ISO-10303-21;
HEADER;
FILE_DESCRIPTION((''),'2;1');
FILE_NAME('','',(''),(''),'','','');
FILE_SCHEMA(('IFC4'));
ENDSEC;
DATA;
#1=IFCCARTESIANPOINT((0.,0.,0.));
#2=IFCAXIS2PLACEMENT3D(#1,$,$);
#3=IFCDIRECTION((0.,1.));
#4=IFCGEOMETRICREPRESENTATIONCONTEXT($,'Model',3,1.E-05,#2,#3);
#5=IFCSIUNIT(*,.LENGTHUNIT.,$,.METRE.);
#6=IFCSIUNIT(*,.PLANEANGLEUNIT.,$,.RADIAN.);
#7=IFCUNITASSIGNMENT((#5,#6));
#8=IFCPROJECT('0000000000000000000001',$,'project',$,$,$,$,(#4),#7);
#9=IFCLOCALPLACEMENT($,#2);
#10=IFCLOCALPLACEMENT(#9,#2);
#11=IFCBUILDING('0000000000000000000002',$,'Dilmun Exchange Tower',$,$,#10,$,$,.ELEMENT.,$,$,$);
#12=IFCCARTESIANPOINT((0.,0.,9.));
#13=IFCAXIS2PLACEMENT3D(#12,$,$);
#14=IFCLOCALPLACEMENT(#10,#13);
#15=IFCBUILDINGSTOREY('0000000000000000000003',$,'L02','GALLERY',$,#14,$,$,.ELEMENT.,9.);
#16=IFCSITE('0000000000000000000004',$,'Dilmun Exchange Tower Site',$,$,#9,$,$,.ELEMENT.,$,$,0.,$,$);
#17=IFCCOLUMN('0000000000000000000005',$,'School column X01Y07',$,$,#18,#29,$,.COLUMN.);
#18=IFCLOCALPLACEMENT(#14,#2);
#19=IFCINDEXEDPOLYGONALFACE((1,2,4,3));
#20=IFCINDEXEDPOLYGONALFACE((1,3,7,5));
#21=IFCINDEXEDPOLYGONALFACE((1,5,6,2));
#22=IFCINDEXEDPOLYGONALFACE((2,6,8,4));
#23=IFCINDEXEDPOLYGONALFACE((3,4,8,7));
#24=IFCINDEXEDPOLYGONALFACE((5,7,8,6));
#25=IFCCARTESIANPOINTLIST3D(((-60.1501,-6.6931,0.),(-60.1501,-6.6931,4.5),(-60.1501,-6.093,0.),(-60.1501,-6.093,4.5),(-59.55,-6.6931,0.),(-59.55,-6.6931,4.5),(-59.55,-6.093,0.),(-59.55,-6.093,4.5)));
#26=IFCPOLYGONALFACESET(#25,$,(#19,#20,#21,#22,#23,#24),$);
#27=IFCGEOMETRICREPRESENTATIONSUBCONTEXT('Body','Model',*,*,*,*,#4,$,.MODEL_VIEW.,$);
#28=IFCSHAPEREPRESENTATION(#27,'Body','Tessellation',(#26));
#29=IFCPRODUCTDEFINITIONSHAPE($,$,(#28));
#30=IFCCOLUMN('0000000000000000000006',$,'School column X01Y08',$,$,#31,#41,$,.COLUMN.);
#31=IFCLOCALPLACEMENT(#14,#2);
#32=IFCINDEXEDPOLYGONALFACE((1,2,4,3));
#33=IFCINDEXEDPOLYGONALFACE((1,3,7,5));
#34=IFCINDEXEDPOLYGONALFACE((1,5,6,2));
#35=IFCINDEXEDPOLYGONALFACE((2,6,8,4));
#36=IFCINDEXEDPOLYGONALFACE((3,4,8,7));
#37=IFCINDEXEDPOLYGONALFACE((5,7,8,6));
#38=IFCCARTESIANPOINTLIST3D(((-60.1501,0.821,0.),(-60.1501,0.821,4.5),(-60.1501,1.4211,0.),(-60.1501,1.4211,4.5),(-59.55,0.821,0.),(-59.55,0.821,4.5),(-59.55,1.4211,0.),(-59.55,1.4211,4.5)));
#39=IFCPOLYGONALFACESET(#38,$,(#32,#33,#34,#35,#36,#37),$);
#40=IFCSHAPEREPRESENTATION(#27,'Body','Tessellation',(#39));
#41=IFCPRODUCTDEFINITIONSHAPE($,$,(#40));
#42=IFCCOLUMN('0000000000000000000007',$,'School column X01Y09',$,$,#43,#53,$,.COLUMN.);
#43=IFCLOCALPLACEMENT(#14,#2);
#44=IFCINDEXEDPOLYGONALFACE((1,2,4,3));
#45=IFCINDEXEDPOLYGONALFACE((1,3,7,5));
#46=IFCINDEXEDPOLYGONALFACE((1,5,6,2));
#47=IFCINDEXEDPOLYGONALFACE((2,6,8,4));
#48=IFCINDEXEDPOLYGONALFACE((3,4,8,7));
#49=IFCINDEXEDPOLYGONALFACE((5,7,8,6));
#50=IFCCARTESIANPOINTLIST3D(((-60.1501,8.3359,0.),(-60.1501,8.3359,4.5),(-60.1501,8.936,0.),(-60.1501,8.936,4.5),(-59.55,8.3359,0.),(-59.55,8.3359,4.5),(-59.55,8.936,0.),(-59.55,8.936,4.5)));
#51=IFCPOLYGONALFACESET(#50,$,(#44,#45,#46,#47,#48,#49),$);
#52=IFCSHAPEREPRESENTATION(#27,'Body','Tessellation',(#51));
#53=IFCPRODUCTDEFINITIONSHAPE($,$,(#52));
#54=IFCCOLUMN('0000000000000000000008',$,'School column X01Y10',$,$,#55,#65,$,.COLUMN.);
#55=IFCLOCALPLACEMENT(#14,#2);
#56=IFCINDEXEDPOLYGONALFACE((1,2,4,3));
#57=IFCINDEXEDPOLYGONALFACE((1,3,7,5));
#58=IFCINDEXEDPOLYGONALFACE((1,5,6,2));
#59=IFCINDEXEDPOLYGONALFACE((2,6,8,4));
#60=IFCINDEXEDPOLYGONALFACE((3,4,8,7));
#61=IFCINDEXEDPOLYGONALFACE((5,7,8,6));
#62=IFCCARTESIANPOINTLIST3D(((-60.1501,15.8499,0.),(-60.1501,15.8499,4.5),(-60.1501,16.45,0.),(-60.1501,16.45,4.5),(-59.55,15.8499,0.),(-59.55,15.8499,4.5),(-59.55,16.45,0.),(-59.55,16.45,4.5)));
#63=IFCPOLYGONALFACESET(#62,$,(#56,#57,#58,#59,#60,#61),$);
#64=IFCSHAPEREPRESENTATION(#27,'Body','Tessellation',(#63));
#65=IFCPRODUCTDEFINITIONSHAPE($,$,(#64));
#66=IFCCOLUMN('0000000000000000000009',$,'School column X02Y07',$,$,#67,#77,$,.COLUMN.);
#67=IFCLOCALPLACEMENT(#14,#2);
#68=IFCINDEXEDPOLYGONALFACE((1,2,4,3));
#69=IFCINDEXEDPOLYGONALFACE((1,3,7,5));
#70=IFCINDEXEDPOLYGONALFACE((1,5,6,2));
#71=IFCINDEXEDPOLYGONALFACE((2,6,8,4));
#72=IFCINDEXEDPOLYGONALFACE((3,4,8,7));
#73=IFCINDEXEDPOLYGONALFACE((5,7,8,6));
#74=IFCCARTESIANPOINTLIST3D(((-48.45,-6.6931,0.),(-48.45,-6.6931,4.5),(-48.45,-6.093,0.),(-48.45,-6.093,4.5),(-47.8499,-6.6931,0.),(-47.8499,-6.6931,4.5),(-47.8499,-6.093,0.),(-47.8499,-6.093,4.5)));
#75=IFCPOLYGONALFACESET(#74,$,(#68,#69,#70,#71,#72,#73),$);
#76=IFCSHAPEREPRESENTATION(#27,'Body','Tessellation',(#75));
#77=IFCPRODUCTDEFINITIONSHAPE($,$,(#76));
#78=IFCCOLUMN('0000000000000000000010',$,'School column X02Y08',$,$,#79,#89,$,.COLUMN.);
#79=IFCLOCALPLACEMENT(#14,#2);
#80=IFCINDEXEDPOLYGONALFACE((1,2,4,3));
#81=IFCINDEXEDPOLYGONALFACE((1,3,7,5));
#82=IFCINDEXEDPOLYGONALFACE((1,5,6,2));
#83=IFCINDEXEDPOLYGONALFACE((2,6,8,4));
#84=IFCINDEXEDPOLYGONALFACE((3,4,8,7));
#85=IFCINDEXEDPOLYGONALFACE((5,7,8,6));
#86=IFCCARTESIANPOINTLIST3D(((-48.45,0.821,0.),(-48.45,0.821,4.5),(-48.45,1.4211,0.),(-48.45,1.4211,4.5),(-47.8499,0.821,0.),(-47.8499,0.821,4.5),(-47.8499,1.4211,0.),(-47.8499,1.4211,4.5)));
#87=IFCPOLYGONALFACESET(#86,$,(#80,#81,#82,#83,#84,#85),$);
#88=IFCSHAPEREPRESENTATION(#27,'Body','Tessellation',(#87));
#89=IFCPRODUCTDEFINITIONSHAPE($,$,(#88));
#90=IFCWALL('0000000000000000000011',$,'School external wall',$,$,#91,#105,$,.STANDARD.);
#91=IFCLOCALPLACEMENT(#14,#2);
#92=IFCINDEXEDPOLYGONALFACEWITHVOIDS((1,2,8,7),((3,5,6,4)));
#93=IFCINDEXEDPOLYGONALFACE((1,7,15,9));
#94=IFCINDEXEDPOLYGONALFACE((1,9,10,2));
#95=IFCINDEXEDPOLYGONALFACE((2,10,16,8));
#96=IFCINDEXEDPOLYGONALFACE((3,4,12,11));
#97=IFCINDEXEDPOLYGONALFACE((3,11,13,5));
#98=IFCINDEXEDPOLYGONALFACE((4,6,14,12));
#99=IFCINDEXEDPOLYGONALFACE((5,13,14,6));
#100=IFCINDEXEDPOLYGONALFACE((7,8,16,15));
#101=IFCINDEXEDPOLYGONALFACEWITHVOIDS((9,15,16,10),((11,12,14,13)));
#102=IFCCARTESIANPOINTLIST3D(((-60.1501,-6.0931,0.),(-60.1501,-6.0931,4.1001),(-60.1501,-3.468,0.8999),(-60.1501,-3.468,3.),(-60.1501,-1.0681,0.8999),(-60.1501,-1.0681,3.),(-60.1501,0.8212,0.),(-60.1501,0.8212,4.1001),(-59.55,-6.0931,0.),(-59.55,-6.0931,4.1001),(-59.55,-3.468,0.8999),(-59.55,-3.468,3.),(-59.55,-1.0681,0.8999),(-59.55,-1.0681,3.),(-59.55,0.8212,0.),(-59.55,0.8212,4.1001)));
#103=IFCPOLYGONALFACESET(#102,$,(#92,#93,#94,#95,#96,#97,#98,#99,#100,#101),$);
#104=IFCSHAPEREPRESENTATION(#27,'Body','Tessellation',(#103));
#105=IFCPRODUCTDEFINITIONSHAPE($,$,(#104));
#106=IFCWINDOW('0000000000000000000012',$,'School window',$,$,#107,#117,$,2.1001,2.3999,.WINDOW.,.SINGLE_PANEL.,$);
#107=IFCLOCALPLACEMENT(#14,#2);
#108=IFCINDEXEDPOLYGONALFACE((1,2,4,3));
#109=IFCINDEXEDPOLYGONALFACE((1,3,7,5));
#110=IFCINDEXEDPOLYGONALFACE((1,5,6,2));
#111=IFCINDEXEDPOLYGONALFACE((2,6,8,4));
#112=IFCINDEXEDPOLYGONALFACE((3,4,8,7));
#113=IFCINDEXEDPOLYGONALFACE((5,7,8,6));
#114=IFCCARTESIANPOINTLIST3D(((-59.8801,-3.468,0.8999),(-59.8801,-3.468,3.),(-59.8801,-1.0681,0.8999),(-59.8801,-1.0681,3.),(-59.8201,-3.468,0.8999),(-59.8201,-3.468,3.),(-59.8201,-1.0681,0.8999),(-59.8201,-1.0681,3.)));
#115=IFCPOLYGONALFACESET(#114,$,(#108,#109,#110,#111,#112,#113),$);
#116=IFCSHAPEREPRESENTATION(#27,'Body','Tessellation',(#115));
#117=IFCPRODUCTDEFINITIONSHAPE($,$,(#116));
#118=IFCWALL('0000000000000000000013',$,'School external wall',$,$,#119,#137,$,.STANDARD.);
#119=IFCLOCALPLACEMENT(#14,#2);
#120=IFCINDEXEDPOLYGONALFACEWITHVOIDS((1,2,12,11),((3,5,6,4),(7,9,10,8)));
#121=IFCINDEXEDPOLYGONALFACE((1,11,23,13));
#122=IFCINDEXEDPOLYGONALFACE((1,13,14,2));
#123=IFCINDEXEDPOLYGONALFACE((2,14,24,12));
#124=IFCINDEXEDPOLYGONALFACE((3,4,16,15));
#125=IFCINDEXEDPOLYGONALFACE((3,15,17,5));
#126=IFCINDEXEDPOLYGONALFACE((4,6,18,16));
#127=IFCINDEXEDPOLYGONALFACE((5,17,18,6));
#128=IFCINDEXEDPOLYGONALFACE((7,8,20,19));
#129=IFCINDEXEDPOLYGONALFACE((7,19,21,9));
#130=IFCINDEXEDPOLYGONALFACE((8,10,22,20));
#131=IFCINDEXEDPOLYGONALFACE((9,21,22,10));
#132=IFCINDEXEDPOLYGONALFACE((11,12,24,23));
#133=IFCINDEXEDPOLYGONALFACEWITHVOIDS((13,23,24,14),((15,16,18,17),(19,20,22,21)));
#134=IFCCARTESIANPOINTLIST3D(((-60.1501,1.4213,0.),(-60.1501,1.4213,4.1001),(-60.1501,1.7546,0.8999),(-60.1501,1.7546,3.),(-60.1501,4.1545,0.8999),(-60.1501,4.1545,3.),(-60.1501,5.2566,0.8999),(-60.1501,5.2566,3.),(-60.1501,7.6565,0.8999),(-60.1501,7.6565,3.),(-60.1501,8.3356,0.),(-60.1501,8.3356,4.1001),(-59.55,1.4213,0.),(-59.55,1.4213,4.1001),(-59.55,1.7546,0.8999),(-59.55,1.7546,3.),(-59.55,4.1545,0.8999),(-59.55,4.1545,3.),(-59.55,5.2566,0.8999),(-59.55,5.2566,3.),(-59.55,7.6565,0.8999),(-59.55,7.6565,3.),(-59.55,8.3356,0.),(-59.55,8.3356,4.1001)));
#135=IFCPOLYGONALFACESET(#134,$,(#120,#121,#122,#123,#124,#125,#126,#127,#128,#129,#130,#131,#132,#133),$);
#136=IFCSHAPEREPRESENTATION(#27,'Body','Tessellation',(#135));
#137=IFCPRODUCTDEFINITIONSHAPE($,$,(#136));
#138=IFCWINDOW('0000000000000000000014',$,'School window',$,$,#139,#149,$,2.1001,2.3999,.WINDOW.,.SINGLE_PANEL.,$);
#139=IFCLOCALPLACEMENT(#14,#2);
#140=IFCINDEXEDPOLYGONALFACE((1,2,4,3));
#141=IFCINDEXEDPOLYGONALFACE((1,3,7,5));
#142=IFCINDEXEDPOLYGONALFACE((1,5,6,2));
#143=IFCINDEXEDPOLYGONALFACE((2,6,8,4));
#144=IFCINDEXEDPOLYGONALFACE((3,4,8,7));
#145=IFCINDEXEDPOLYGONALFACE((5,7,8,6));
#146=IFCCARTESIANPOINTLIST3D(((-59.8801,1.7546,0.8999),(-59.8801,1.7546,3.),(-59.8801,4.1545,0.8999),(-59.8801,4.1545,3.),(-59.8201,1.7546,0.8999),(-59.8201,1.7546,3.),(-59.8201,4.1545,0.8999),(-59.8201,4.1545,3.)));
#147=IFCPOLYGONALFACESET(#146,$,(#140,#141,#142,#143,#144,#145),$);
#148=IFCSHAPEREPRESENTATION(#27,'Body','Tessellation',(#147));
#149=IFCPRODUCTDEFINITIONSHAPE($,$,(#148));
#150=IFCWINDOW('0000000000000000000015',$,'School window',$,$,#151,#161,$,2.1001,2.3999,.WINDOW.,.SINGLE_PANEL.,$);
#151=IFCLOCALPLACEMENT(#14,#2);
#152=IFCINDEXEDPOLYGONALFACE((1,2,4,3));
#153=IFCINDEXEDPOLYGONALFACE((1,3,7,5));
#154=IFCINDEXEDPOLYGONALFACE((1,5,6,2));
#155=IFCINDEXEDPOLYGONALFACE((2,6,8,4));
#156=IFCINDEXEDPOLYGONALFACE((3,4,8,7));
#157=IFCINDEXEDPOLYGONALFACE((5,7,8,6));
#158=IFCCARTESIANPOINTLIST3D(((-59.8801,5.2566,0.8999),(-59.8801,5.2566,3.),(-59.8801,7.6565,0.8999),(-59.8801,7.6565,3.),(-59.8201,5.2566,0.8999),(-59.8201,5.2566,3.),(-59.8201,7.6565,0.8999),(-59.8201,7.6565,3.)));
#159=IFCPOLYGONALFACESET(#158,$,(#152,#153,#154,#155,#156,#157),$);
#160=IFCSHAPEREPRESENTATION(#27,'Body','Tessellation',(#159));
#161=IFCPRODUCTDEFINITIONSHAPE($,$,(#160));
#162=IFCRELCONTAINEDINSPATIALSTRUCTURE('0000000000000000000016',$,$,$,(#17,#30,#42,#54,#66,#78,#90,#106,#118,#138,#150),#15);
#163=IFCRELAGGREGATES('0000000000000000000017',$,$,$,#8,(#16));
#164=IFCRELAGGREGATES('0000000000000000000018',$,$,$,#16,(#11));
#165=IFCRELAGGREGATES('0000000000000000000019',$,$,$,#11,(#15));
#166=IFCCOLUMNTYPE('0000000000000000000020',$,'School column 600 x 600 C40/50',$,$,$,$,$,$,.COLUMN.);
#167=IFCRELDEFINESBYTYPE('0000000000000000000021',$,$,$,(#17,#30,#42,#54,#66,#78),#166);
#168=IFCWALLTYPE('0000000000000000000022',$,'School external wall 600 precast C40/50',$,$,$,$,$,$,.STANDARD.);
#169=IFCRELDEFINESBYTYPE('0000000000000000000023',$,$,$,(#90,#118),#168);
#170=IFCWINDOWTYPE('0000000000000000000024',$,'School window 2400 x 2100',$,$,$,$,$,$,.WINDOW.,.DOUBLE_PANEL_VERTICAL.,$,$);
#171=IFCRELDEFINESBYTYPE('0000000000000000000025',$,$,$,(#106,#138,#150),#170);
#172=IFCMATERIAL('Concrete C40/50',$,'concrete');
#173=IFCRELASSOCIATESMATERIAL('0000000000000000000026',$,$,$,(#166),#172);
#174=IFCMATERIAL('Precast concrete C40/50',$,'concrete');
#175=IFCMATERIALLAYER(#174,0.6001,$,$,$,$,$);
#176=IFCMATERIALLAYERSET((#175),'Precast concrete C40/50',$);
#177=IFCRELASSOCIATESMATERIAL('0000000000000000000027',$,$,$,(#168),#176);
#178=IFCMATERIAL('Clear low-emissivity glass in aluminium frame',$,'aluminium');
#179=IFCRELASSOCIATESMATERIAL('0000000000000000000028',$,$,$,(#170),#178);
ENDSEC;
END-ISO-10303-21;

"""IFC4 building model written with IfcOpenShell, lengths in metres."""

from ifc_helpers import new_model, si_unit, direction, frame, frame_2d, origin, origin_2d, place, context, subcontext, project, spatial, rectangle, extrude, material, layer, layer_set, material_profile, profile_set, type_object, element, fill, save


model = new_model("IFC4")

# Units and contexts
model_context = context("Model", 3, precision=1e-05, world=origin(), true_north=direction((0.0, 1.0)))
body_context = subcontext(model_context, "Body", "Model", "MODEL_VIEW")
ifc_project = project(units=[si_unit("LENGTHUNIT", "METRE"), si_unit("PLANEANGLEUNIT", "RADIAN")], contexts=[model_context])

# Site, building, storey
site_placement = place(None, origin())
site = spatial("IfcSite", under=ifc_project, at=site_placement, Name="Dilmun Exchange Tower Site", CompositionType="ELEMENT", RefElevation=0.0)
building_placement = place(site_placement, origin())
building = spatial("IfcBuilding", under=site, at=building_placement, Name="Dilmun Exchange Tower", CompositionType="ELEMENT")
storey_placement = place(building_placement, frame((0.0, 0.0, 9.0)))
storey = spatial("IfcBuildingStorey", under=building, at=storey_placement, Name="L02", Description="GALLERY", CompositionType="ELEMENT", Elevation=9.0)

# Columns
ifc_material_1 = material(Name="Concrete C40/50", Category="concrete")
ifc_material_profile = material_profile(ifc_material_1, rectangle(XDim=0.6001, YDim=0.6001, at=origin_2d()), Name="600 x 600")
ifc_profile_set = profile_set([ifc_material_profile], Name="Concrete C40/50")
column_type = type_object("IfcColumnType", Name="School column 600 x 600 C40/50", PredefinedType="COLUMN", material=ifc_profile_set)
for number, where, z_axis, x_axis, name in (
    (1, (-59.8501, -6.3931, 0.0), (0.0, 0.0, 1.0), (1.0, 0.0, 0.0), "School column X01Y07"),
    (2, (-59.8501, 1.1211, 0.0), (0.0, 0.0, 1.0), (1.0, 0.0, 0.0), "School column X01Y08"),
    (3, (-59.8501, 8.636, 0.0), (0.0, 0.0, 1.0), (1.0, 0.0, 0.0), "School column X01Y09"),
    (4, (-59.8501, 16.1499, 0.0), (0.0, 0.0, 1.0), (1.0, 0.0, 0.0), "School column X01Y10"),
    (5, (-48.1499, -6.3931, 0.0), (0.0, 0.0, 1.0), (1.0, 0.0, 0.0), "School column X02Y07"),
    (6, (-48.1499, 1.1211, 0.0), (0.0, 0.0, 1.0), (1.0, 0.0, 0.0), "School column X02Y08"),
):
    element("IfcColumn", number, at=place(storey_placement, frame(where, z_axis=z_axis, x_axis=x_axis)), inside=storey, type_object=column_type, Name=name, PredefinedType="COLUMN", context=body_context, shape_type="SweptSolid", body=[
        extrude(rectangle(XDim=0.6001, YDim=0.6001, at=origin_2d()), origin(), (0.0, 0.0, 1.0), 4.5),
    ])

# Wall, opening, window
ifc_material_2 = material(Name="Precast concrete C40/50", Category="concrete")
ifc_layer_1 = layer(ifc_material_2, 0.6001)
ifc_layer_set_1 = layer_set([ifc_layer_1], Name="Precast concrete C40/50")
wall_type_1 = type_object("IfcWallType", Name="School external wall 600 precast C40/50", PredefinedType="STANDARD", material=ifc_layer_set_1)
wall_1_placement = place(storey_placement, frame((-59.8501, -6.093, 0.0), z_axis=(0.0, 0.0, 1.0), x_axis=(0.0, 1.0, 0.0)))
wall_1 = element("IfcWall", 7, at=wall_1_placement, inside=storey, type_object=wall_type_1, Name="School external wall", PredefinedType="STANDARD", context=body_context, shape_type="SweptSolid", body=[
    extrude(rectangle(XDim=6.9143, YDim=0.6001, at=frame_2d((3.457, 0.0))), origin(), (0.0, 0.0, 1.0), 4.1001),
])
opening_1_placement = place(wall_1_placement, frame((2.625, 0.0, 0.8999)))
opening_1 = element("IfcOpeningElement", 8, at=opening_1_placement, cuts=wall_1, PredefinedType="OPENING", context=body_context, shape_type="SweptSolid", body=[
    extrude(rectangle(XDim=2.3999, YDim=2.1001, at=frame_2d((1.2, 1.05))), frame((0.0, 0.3101, 0.0), z_axis=(0.0, -1.0, 0.0), x_axis=(1.0, 0.0, 0.0)), (0.0, 0.0, 1.0), 0.6201),
])
ifc_material_3 = material(Name="Clear low-emissivity glass in aluminium frame", Category="aluminium")
window_type_1 = type_object("IfcWindowType", Name="School window 2400 x 2100", PartitioningType="DOUBLE_PANEL_VERTICAL", PredefinedType="WINDOW", material=ifc_material_3)
window_1_placement = place(opening_1_placement, origin())
window_1 = element("IfcWindow", 9, at=window_1_placement, inside=storey, type_object=window_type_1, Name="School window", OverallHeight=2.1001, OverallWidth=2.3999, PartitioningType="SINGLE_PANEL", PredefinedType="WINDOW", context=body_context, shape_type="SweptSolid", body=[
    extrude(rectangle(XDim=2.3999, YDim=2.1001, at=frame_2d((1.2, 1.05))), frame((0.0, 0.03, 0.0), z_axis=(0.0, -1.0, 0.0), x_axis=(1.0, 0.0, 0.0)), (0.0, 0.0, 1.0), 0.0601),
])
fill(opening_1, window_1)

# Wall, openings, windows
wall_2_placement = place(storey_placement, frame((-59.8501, 1.4214, 0.0), z_axis=(0.0, 0.0, 1.0), x_axis=(0.0, 1.0, 0.0)))
wall_2 = element("IfcWall", 10, at=wall_2_placement, inside=storey, type_object=wall_type_1, Name="School external wall", PredefinedType="STANDARD", context=body_context, shape_type="SweptSolid", body=[
    extrude(rectangle(XDim=6.9143, YDim=0.6001, at=frame_2d((3.457, 0.0))), origin(), (0.0, 0.0, 1.0), 4.1001),
])
opening_2_placement = place(wall_2_placement, frame((0.3333, 0.0, 0.8999)))
opening_2 = element("IfcOpeningElement", 11, at=opening_2_placement, cuts=wall_2, PredefinedType="OPENING", context=body_context, shape_type="SweptSolid", body=[
    extrude(rectangle(XDim=2.3999, YDim=2.1001, at=frame_2d((1.2, 1.05))), frame((0.0, 0.3101, 0.0), z_axis=(0.0, -1.0, 0.0), x_axis=(1.0, 0.0, 0.0)), (0.0, 0.0, 1.0), 0.6201),
])
opening_3_placement = place(wall_2_placement, frame((3.8352, 0.0, 0.8999)))
opening_3 = element("IfcOpeningElement", 12, at=opening_3_placement, cuts=wall_2, PredefinedType="OPENING", context=body_context, shape_type="SweptSolid", body=[
    extrude(rectangle(XDim=2.3999, YDim=2.1001, at=frame_2d((1.2, 1.05))), frame((0.0, 0.3101, 0.0), z_axis=(0.0, -1.0, 0.0), x_axis=(1.0, 0.0, 0.0)), (0.0, 0.0, 1.0), 0.6201),
])
window_2_placement = place(opening_2_placement, origin())
window_2 = element("IfcWindow", 13, at=window_2_placement, inside=storey, type_object=window_type_1, Name="School window", OverallHeight=2.1001, OverallWidth=2.3999, PartitioningType="SINGLE_PANEL", PredefinedType="WINDOW", context=body_context, shape_type="SweptSolid", body=[
    extrude(rectangle(XDim=2.3999, YDim=2.1001, at=frame_2d((1.2, 1.05))), frame((0.0, 0.03, 0.0), z_axis=(0.0, -1.0, 0.0), x_axis=(1.0, 0.0, 0.0)), (0.0, 0.0, 1.0), 0.0601),
])
fill(opening_2, window_2)
window_3_placement = place(opening_3_placement, origin())
window_3 = element("IfcWindow", 14, at=window_3_placement, inside=storey, type_object=window_type_1, Name="School window", OverallHeight=2.1001, OverallWidth=2.3999, PartitioningType="SINGLE_PANEL", PredefinedType="WINDOW", context=body_context, shape_type="SweptSolid", body=[
    extrude(rectangle(XDim=2.3999, YDim=2.1001, at=frame_2d((1.2, 1.05))), frame((0.0, 0.03, 0.0), z_axis=(0.0, -1.0, 0.0), x_axis=(1.0, 0.0, 0.0)), (0.0, 0.0, 1.0), 0.0601),
])
fill(opening_3, window_3)

save(model, "model.ifc")
